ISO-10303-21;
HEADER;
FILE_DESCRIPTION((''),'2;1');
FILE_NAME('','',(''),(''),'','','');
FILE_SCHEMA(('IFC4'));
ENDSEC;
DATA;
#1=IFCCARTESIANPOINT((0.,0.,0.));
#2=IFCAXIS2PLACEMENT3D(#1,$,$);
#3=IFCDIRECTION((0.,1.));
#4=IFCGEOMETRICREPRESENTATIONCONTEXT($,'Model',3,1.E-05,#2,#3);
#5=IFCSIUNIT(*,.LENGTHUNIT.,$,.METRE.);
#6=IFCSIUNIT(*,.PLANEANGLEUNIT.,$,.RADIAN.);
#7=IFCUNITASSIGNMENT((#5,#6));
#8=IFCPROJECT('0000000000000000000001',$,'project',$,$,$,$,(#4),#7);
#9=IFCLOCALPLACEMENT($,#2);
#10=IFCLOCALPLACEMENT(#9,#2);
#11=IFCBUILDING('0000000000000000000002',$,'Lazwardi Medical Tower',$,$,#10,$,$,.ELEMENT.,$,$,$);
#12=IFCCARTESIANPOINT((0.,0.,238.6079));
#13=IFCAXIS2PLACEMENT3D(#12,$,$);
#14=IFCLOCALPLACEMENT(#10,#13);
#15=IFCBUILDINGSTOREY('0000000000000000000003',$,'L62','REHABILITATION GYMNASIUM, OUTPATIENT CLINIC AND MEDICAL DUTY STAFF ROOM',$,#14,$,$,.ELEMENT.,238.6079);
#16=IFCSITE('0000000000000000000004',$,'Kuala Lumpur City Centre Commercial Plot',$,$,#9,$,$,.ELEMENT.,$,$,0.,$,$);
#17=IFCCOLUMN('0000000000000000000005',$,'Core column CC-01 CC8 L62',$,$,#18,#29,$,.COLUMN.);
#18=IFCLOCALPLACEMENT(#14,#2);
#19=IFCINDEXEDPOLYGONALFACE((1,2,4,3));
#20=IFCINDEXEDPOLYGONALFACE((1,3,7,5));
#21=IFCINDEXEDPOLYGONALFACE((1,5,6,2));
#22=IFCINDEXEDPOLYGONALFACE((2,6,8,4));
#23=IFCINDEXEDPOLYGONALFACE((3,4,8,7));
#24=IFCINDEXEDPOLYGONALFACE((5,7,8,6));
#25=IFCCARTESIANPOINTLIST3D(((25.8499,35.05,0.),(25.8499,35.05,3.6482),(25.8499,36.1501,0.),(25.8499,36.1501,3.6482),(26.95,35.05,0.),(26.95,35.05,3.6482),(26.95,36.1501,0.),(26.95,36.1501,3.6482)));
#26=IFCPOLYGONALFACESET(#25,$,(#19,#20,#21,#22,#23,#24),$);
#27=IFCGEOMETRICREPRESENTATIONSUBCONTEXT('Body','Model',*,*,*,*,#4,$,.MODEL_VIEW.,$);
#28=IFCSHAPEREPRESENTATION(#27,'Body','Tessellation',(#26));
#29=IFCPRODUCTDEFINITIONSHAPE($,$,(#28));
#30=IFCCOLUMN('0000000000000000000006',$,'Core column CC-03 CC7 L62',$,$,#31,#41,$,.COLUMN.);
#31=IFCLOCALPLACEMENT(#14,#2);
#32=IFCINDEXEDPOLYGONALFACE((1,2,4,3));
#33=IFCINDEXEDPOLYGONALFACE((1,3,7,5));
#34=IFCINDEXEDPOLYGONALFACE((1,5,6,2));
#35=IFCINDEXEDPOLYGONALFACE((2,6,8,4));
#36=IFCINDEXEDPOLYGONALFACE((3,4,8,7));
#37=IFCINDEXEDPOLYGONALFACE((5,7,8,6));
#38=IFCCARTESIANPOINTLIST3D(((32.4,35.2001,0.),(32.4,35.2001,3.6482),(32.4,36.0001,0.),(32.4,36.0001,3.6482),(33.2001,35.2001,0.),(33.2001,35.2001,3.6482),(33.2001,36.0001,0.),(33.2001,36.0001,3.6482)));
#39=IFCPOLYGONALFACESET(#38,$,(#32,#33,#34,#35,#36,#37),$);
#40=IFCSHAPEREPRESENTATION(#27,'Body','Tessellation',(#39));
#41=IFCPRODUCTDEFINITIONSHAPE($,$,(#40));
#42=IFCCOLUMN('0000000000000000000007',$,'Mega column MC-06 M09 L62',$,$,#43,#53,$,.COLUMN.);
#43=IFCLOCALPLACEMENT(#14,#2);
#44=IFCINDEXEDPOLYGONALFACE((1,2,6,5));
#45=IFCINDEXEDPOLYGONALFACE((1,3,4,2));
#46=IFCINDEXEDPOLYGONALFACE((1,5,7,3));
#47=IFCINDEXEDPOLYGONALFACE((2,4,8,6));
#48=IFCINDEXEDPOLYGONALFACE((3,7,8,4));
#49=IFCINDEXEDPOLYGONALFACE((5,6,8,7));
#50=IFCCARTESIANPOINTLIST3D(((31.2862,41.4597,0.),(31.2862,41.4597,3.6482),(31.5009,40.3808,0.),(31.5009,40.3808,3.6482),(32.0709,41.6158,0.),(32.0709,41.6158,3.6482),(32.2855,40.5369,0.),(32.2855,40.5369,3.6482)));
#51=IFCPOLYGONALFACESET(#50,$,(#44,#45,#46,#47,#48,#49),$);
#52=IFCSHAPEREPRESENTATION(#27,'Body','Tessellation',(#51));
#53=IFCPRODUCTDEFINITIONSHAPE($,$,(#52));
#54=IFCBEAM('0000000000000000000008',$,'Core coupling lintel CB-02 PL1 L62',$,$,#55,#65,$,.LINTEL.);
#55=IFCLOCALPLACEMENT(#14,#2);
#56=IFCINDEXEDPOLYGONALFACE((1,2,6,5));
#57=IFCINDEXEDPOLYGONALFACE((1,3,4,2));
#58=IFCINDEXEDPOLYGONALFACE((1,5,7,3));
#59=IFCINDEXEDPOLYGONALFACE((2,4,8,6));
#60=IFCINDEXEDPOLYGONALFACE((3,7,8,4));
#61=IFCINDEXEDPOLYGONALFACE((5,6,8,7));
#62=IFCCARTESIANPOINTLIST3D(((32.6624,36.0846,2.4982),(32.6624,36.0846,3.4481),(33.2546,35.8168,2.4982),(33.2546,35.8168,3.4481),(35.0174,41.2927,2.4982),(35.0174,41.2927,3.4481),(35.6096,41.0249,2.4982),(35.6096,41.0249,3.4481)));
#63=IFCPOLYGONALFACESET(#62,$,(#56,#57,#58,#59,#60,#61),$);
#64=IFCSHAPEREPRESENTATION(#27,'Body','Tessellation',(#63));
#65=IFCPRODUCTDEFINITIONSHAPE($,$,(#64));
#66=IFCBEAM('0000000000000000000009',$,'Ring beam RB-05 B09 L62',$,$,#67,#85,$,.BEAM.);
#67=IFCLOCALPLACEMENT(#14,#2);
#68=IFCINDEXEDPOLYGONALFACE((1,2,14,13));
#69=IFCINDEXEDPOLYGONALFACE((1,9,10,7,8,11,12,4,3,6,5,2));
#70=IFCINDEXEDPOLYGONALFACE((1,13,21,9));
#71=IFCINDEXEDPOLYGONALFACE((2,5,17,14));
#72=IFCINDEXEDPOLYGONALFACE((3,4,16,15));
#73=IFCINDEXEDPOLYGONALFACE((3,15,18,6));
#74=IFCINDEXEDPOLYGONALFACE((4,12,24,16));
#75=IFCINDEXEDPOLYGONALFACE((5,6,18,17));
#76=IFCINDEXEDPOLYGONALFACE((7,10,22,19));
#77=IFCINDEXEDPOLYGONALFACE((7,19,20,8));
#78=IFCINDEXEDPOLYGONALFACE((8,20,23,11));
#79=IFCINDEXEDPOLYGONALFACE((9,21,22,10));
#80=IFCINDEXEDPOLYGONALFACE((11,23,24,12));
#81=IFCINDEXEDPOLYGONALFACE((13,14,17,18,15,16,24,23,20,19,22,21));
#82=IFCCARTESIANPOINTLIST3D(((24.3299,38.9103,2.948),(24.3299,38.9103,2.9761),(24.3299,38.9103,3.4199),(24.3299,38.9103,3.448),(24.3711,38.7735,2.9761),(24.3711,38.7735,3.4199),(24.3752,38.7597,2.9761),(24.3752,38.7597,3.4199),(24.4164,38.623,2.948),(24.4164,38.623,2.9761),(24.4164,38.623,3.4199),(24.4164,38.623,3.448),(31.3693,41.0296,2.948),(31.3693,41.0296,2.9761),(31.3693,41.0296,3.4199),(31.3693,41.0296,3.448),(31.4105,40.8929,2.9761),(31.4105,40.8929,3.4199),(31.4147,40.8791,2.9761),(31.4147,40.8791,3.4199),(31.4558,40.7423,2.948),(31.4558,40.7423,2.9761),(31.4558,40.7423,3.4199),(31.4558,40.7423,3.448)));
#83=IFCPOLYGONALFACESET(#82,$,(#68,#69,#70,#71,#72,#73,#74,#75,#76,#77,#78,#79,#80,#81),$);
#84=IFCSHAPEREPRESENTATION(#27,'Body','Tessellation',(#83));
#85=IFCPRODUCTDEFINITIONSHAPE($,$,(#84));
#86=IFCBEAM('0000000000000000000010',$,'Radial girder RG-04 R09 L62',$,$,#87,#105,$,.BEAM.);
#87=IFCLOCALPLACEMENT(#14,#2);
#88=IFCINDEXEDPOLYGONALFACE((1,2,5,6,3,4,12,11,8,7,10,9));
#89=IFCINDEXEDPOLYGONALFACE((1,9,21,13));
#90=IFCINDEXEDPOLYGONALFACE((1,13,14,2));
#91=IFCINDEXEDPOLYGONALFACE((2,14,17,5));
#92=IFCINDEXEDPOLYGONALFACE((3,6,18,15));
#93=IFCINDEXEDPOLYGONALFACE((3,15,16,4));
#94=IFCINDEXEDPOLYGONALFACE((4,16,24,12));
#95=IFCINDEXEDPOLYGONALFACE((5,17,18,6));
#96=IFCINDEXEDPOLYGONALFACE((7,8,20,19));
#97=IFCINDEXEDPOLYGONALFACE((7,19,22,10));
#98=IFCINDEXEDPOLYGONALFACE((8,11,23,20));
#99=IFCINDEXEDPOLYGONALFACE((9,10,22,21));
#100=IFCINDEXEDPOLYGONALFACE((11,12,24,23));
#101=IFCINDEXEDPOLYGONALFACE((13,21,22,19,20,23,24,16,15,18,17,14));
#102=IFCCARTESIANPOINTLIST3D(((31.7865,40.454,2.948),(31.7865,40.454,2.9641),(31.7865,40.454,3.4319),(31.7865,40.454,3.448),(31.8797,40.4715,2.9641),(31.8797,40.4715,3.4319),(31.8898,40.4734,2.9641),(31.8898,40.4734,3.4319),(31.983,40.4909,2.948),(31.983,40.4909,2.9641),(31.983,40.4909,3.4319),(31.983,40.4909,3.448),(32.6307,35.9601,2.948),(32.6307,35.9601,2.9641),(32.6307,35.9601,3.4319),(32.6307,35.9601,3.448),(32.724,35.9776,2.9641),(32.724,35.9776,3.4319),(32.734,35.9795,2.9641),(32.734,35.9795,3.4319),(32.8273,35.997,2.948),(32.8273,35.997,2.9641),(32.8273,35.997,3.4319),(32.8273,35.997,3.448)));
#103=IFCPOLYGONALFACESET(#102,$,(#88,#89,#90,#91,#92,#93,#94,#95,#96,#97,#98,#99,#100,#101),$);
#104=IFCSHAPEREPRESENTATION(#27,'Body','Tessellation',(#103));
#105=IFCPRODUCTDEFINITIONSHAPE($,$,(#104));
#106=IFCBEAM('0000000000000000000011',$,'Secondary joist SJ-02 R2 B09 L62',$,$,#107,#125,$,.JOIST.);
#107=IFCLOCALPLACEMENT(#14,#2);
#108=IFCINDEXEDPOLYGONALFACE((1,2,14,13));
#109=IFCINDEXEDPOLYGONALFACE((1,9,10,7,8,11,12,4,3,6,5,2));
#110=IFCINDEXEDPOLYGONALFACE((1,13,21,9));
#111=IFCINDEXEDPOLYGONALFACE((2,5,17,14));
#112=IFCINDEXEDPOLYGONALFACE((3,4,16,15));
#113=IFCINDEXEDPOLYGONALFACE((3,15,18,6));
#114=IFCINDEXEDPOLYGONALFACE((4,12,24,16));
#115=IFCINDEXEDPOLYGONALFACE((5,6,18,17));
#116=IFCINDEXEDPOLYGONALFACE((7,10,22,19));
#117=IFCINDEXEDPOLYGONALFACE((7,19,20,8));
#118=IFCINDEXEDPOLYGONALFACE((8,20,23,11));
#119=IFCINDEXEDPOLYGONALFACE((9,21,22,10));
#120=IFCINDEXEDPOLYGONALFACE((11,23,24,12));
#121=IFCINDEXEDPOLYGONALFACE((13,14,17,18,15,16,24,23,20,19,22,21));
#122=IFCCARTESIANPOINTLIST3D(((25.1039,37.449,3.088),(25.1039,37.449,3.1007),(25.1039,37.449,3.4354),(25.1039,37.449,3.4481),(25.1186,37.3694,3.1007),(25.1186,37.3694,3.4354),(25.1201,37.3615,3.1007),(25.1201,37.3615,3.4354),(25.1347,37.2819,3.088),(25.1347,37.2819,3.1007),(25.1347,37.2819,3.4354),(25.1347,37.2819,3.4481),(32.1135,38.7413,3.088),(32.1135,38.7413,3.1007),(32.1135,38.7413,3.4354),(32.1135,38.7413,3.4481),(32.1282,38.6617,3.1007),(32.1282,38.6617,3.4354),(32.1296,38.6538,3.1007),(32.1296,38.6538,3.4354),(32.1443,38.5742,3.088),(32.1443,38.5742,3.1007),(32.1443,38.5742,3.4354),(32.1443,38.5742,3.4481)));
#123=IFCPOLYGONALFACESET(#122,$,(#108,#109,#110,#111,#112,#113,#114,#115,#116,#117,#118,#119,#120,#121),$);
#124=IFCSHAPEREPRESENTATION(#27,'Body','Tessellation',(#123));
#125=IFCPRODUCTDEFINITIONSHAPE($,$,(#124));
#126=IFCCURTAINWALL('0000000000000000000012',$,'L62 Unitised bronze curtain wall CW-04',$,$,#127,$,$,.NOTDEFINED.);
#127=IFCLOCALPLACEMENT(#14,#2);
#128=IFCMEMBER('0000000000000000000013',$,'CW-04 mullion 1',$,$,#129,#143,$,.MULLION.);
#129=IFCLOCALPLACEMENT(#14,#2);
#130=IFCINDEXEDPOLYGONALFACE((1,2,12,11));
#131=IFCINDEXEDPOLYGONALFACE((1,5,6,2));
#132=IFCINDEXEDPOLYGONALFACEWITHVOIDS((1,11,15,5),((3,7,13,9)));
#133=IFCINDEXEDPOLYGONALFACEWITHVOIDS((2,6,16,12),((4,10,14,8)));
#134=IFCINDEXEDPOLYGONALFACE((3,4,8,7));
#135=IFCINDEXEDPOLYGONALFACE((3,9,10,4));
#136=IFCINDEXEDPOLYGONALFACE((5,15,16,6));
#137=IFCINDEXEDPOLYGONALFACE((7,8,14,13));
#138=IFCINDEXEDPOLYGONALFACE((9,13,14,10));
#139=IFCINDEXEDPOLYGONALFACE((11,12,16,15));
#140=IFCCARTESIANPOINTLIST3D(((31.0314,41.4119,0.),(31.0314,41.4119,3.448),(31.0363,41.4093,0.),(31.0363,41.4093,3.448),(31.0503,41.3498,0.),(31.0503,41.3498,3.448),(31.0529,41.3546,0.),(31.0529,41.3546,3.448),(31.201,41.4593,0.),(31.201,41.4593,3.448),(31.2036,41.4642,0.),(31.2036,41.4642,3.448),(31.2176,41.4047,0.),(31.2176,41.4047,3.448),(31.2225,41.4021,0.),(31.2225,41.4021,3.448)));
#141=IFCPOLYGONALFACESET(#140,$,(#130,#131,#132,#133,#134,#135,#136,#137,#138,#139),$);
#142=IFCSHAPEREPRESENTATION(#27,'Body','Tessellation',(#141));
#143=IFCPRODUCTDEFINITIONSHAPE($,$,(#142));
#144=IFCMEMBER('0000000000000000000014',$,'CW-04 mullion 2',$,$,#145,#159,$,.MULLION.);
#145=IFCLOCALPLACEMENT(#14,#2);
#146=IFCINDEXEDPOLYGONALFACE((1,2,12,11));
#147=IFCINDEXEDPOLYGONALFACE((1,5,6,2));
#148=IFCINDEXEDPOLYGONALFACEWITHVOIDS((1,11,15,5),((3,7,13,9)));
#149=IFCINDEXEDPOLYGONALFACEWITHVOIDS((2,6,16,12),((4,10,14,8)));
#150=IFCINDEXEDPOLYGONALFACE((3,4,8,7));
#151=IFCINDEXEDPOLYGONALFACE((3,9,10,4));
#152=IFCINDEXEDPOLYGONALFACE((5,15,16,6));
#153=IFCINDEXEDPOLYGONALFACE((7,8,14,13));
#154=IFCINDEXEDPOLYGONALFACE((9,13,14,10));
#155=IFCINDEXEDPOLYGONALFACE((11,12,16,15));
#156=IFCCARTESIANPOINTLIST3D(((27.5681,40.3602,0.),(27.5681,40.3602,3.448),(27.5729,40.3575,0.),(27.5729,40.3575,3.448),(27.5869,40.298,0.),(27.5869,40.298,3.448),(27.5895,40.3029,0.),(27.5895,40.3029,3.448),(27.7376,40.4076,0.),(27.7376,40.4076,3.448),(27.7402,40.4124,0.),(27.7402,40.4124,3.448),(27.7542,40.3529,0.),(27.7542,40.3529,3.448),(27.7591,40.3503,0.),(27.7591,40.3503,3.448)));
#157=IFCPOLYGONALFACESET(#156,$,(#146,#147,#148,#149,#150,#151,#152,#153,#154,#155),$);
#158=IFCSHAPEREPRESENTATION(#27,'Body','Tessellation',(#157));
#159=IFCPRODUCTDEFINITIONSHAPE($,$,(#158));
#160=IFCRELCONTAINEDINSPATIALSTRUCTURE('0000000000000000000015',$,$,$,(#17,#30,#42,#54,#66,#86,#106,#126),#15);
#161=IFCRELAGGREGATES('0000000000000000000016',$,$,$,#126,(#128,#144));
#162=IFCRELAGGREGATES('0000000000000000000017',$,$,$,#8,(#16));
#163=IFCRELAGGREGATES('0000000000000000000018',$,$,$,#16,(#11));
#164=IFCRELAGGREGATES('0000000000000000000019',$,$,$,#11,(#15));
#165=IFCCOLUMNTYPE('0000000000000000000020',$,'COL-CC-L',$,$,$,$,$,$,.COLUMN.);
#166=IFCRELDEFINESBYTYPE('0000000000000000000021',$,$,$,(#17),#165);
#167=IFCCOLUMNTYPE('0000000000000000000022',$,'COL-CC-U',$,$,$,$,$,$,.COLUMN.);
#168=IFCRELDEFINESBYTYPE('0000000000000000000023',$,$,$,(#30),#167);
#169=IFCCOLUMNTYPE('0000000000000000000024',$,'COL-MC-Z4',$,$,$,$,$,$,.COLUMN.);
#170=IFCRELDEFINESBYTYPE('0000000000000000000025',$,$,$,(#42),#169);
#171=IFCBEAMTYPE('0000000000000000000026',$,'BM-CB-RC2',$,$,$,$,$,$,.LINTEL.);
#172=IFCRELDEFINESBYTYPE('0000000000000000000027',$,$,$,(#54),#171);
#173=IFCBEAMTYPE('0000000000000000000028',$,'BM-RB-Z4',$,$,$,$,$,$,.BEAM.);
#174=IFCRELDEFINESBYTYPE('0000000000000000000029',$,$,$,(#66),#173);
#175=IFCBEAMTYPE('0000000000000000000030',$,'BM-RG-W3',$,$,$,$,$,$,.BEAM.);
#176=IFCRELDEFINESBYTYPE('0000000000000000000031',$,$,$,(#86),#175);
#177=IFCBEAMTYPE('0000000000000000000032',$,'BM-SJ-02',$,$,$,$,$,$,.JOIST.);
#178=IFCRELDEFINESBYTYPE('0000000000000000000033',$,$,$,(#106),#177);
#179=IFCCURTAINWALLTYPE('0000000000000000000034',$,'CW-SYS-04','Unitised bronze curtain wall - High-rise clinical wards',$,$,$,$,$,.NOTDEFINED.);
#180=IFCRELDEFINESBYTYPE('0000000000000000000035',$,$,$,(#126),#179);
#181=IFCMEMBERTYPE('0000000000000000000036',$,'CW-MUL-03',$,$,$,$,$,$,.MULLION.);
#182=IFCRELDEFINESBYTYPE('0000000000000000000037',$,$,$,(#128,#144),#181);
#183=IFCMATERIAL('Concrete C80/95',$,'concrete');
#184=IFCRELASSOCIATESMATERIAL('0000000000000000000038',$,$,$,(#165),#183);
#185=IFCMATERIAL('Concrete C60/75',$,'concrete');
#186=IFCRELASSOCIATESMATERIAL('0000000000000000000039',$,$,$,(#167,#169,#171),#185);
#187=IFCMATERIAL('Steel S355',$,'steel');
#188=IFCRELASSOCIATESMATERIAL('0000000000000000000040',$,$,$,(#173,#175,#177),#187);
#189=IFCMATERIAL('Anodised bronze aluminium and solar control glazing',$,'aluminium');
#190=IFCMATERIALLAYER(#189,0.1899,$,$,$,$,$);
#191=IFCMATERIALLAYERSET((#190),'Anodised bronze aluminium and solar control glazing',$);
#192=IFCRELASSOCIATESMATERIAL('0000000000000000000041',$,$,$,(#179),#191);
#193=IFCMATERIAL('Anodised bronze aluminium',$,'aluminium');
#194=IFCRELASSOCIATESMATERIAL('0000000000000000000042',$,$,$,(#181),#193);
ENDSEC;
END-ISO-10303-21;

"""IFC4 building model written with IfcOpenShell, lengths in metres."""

from ifc_helpers import new_model, si_unit, direction, frame, origin, origin_2d, place, context, subcontext, project, spatial, rectangle, hollow_rectangle, i_section, extrude, material, layer, layer_set, material_profile, profile_set, type_object, element, aggregate, save


model = new_model("IFC4")

# Units and contexts
model_context = context("Model", 3, precision=1e-05, world=origin(), true_north=direction((0.0, 1.0)))
body_context = subcontext(model_context, "Body", "Model", "MODEL_VIEW")
ifc_project = project(units=[si_unit("LENGTHUNIT", "METRE"), si_unit("PLANEANGLEUNIT", "RADIAN")], contexts=[model_context])

# Site, building, storey
site_placement = place(None, origin())
site = spatial("IfcSite", under=ifc_project, at=site_placement, Name="Kuala Lumpur City Centre Commercial Plot", CompositionType="ELEMENT", RefElevation=0.0)
building_placement = place(site_placement, origin())
building = spatial("IfcBuilding", under=site, at=building_placement, Name="Lazwardi Medical Tower", CompositionType="ELEMENT")
storey_placement = place(building_placement, frame((0.0, 0.0, 238.6079)))
storey = spatial("IfcBuildingStorey", under=building, at=storey_placement, Name="L62", Description="REHABILITATION GYMNASIUM, OUTPATIENT CLINIC AND MEDICAL DUTY STAFF ROOM", CompositionType="ELEMENT", Elevation=238.6079)

# Columns
ifc_material_1 = material(Name="Concrete C80/95", Category="concrete")
ifc_material_profile_1 = material_profile(ifc_material_1, rectangle(XDim=1.1001, YDim=1.1001, at=origin_2d()), Name="RC 1100x1100")
ifc_profile_set_1 = profile_set([ifc_material_profile_1], Name="Concrete C80/95")
column_type_1 = type_object("IfcColumnType", Name="COL-CC-L", PredefinedType="COLUMN", material=ifc_profile_set_1)
column_1_placement = place(storey_placement, frame((26.3999, 35.6001, 0.0), z_axis=(0.0, 0.0, 1.0), x_axis=(1.0, 0.0, 0.0)))
element("IfcColumn", 1, at=column_1_placement, inside=storey, type_object=column_type_1, Name="Core column CC-01 CC8 L62", PredefinedType="COLUMN", context=body_context, shape_type="SweptSolid", body=[
    extrude(rectangle(XDim=1.1001, YDim=1.1001, at=origin_2d()), origin(), (0.0, 0.0, 1.0), 3.6482),
])
ifc_material_2 = material(Name="Concrete C60/75", Category="concrete")
ifc_material_profile_2 = material_profile(ifc_material_2, rectangle(XDim=0.8, YDim=0.8, at=origin_2d()), Name="RC 800x800")
ifc_profile_set_2 = profile_set([ifc_material_profile_2], Name="Concrete C60/75")
column_type_2 = type_object("IfcColumnType", Name="COL-CC-U", PredefinedType="COLUMN", material=ifc_profile_set_2)
column_2_placement = place(storey_placement, frame((32.8, 35.6001, 0.0), z_axis=(0.0, 0.0, 1.0), x_axis=(1.0, 0.0, 0.0)))
element("IfcColumn", 2, at=column_2_placement, inside=storey, type_object=column_type_2, Name="Core column CC-03 CC7 L62", PredefinedType="COLUMN", context=body_context, shape_type="SweptSolid", body=[
    extrude(rectangle(XDim=0.8, YDim=0.8, at=origin_2d()), origin(), (0.0, 0.0, 1.0), 3.6482),
])
ifc_material_profile_3 = material_profile(ifc_material_2, rectangle(XDim=1.1001, YDim=0.8, at=origin_2d()), Name="CFT-RECT 1100x800")
ifc_profile_set_3 = profile_set([ifc_material_profile_3], Name="Concrete C60/75")
column_type_3 = type_object("IfcColumnType", Name="COL-MC-Z4", PredefinedType="COLUMN", material=ifc_profile_set_3)
column_3_placement = place(storey_placement, frame((31.7859, 40.9983, 0.0), z_axis=(0.0, 0.0, 1.0), x_axis=(-0.19509, 0.980785, 0.0)))
element("IfcColumn", 3, at=column_3_placement, inside=storey, type_object=column_type_3, Name="Mega column MC-06 M09 L62", PredefinedType="COLUMN", context=body_context, shape_type="SweptSolid", body=[
    extrude(rectangle(XDim=1.1001, YDim=0.8, at=origin_2d()), origin(), (0.0, 0.0, 1.0), 3.6482),
])

# Beams
ifc_material_profile_4 = material_profile(ifc_material_2, rectangle(XDim=0.6499, YDim=0.95, at=origin_2d()), Name="RC 650x950")
ifc_profile_set_4 = profile_set([ifc_material_profile_4], Name="Concrete C60/75")
beam_type_1 = type_object("IfcBeamType", Name="BM-CB-RC2", PredefinedType="LINTEL", material=ifc_profile_set_4)
beam_1_placement = place(storey_placement, frame((32.9585, 35.9507, 2.9731), z_axis=(0.412019, 0.911175, 0.0), x_axis=(-0.911175, 0.412019, 0.0)))
element("IfcBeam", 4, at=beam_1_placement, inside=storey, type_object=beam_type_1, Name="Core coupling lintel CB-02 PL1 L62", PredefinedType="LINTEL", context=body_context, shape_type="SweptSolid", body=[
    extrude(rectangle(XDim=0.6499, YDim=0.95, at=origin_2d()), origin(), (0.0, 0.0, 1.0), 5.7158),
])
ifc_material_3 = material(Name="Steel S355", Category="steel")
ifc_material_profile_5 = material_profile(ifc_material_3, i_section(OverallWidth=0.3, OverallDepth=0.5, WebThickness=0.0144, FlangeThickness=0.0281, at=origin_2d()), Name="HEB 500")
ifc_profile_set_5 = profile_set([ifc_material_profile_5], Name="Steel S355")
beam_type_2 = type_object("IfcBeamType", Name="BM-RB-Z4", PredefinedType="BEAM", material=ifc_profile_set_5)
beam_2_placement = place(storey_placement, frame((31.4126, 40.886, 3.198), z_axis=(-0.957544, -0.288286, 0.0), x_axis=(0.288286, -0.957544, 0.0)))
element("IfcBeam", 5, at=beam_2_placement, inside=storey, type_object=beam_type_2, Name="Ring beam RB-05 B09 L62", PredefinedType="BEAM", context=body_context, shape_type="SweptSolid", body=[
    extrude(i_section(OverallWidth=0.3, OverallDepth=0.5, WebThickness=0.0144, FlangeThickness=0.0281, at=origin_2d()), origin(), (0.0, 0.0, 1.0), 7.3516),
])
ifc_material_profile_6 = material_profile(ifc_material_3, i_section(OverallWidth=0.2, OverallDepth=0.5, WebThickness=0.0103, FlangeThickness=0.0161, at=origin_2d()), Name="IPE 500")
ifc_profile_set_6 = profile_set([ifc_material_profile_6], Name="Steel S355")
beam_type_3 = type_object("IfcBeamType", Name="BM-RG-W3", PredefinedType="BEAM", material=ifc_profile_set_6)
beam_3_placement = place(storey_placement, frame((31.8848, 40.4724, 3.198), z_axis=(0.184633, -0.982807, 0.0), x_axis=(0.982807, 0.184633, 0.0)))
element("IfcBeam", 6, at=beam_3_placement, inside=storey, type_object=beam_type_3, Name="Radial girder RG-04 R09 L62", PredefinedType="BEAM", context=body_context, shape_type="SweptSolid", body=[
    extrude(i_section(OverallWidth=0.2, OverallDepth=0.5, WebThickness=0.0103, FlangeThickness=0.0161, at=origin_2d()), origin(), (0.0, 0.0, 1.0), 4.5725),
])
ifc_material_profile_7 = material_profile(ifc_material_3, i_section(OverallWidth=0.1699, OverallDepth=0.3601, WebThickness=0.0081, FlangeThickness=0.0127, at=origin_2d()), Name="IPE 360")
ifc_profile_set_7 = profile_set([ifc_material_profile_7], Name="Steel S355")
beam_type_4 = type_object("IfcBeamType", Name="BM-SJ-02", PredefinedType="JOIST", material=ifc_profile_set_7)
beam_4_placement = place(storey_placement, frame((32.1289, 38.6577, 3.2681), z_axis=(-0.983428, -0.181299, 0.0), x_axis=(0.181299, -0.983428, 0.0)))
element("IfcBeam", 7, at=beam_4_placement, inside=storey, type_object=beam_type_4, Name="Secondary joist SJ-02 R2 B09 L62", PredefinedType="JOIST", context=body_context, shape_type="SweptSolid", body=[
    extrude(i_section(OverallWidth=0.1699, OverallDepth=0.3601, WebThickness=0.0081, FlangeThickness=0.0127, at=origin_2d()), origin(), (0.0, 0.0, 1.0), 7.1277),
])

# Curtain wall, members
ifc_material_4 = material(Name="Anodised bronze aluminium and solar control glazing", Category="aluminium")
ifc_layer_1 = layer(ifc_material_4, 0.1899)
ifc_layer_set_1 = layer_set([ifc_layer_1], Name="Anodised bronze aluminium and solar control glazing")
curtain_wall_type = type_object("IfcCurtainWallType", Name="CW-SYS-04", Description="Unitised bronze curtain wall - High-rise clinical wards", PredefinedType="NOTDEFINED", material=ifc_layer_set_1)
curtain_wall_placement = place(storey_placement, origin())
curtain_wall = element("IfcCurtainWall", 8, at=curtain_wall_placement, inside=storey, type_object=curtain_wall_type, Name="L62 Unitised bronze curtain wall CW-04", PredefinedType="NOTDEFINED")
ifc_material_5 = material(Name="Anodised bronze aluminium", Category="aluminium")
ifc_material_profile_8 = material_profile(ifc_material_5, hollow_rectangle(XDim=0.0649, YDim=0.1799, WallThickness=0.0039, at=origin_2d()), Name="ALU-MULLION 180x65x4")
ifc_profile_set_8 = profile_set([ifc_material_profile_8], Name="Anodised bronze aluminium")
member_type_1 = type_object("IfcMemberType", Name="CW-MUL-03", PredefinedType="MULLION", material=ifc_profile_set_8)
member_1_placement = place(storey_placement, frame((31.127, 41.407, 0.0), z_axis=(0.0, 0.0, 1.0), x_axis=(0.290582, -0.95685, 0.0)))
member_1 = element("IfcMember", 9, at=member_1_placement, type_object=member_type_1, Name="CW-04 mullion 1", PredefinedType="MULLION", context=body_context, shape_type="SweptSolid", body=[
    extrude(hollow_rectangle(XDim=0.0649, YDim=0.1799, WallThickness=0.0039, at=origin_2d()), origin(), (0.0, 0.0, 1.0), 3.448),
])
member_2_placement = place(storey_placement, frame((27.6636, 40.3552, 0.0), z_axis=(0.0, 0.0, 1.0), x_axis=(0.290582, -0.95685, 0.0)))
member_2 = element("IfcMember", 10, at=member_2_placement, type_object=member_type_1, Name="CW-04 mullion 2", PredefinedType="MULLION", context=body_context, shape_type="SweptSolid", body=[
    extrude(hollow_rectangle(XDim=0.0649, YDim=0.1799, WallThickness=0.0039, at=origin_2d()), origin(), (0.0, 0.0, 1.0), 3.448),
])
aggregate(curtain_wall, [member_1, member_2])

save(model, "model.ifc")
